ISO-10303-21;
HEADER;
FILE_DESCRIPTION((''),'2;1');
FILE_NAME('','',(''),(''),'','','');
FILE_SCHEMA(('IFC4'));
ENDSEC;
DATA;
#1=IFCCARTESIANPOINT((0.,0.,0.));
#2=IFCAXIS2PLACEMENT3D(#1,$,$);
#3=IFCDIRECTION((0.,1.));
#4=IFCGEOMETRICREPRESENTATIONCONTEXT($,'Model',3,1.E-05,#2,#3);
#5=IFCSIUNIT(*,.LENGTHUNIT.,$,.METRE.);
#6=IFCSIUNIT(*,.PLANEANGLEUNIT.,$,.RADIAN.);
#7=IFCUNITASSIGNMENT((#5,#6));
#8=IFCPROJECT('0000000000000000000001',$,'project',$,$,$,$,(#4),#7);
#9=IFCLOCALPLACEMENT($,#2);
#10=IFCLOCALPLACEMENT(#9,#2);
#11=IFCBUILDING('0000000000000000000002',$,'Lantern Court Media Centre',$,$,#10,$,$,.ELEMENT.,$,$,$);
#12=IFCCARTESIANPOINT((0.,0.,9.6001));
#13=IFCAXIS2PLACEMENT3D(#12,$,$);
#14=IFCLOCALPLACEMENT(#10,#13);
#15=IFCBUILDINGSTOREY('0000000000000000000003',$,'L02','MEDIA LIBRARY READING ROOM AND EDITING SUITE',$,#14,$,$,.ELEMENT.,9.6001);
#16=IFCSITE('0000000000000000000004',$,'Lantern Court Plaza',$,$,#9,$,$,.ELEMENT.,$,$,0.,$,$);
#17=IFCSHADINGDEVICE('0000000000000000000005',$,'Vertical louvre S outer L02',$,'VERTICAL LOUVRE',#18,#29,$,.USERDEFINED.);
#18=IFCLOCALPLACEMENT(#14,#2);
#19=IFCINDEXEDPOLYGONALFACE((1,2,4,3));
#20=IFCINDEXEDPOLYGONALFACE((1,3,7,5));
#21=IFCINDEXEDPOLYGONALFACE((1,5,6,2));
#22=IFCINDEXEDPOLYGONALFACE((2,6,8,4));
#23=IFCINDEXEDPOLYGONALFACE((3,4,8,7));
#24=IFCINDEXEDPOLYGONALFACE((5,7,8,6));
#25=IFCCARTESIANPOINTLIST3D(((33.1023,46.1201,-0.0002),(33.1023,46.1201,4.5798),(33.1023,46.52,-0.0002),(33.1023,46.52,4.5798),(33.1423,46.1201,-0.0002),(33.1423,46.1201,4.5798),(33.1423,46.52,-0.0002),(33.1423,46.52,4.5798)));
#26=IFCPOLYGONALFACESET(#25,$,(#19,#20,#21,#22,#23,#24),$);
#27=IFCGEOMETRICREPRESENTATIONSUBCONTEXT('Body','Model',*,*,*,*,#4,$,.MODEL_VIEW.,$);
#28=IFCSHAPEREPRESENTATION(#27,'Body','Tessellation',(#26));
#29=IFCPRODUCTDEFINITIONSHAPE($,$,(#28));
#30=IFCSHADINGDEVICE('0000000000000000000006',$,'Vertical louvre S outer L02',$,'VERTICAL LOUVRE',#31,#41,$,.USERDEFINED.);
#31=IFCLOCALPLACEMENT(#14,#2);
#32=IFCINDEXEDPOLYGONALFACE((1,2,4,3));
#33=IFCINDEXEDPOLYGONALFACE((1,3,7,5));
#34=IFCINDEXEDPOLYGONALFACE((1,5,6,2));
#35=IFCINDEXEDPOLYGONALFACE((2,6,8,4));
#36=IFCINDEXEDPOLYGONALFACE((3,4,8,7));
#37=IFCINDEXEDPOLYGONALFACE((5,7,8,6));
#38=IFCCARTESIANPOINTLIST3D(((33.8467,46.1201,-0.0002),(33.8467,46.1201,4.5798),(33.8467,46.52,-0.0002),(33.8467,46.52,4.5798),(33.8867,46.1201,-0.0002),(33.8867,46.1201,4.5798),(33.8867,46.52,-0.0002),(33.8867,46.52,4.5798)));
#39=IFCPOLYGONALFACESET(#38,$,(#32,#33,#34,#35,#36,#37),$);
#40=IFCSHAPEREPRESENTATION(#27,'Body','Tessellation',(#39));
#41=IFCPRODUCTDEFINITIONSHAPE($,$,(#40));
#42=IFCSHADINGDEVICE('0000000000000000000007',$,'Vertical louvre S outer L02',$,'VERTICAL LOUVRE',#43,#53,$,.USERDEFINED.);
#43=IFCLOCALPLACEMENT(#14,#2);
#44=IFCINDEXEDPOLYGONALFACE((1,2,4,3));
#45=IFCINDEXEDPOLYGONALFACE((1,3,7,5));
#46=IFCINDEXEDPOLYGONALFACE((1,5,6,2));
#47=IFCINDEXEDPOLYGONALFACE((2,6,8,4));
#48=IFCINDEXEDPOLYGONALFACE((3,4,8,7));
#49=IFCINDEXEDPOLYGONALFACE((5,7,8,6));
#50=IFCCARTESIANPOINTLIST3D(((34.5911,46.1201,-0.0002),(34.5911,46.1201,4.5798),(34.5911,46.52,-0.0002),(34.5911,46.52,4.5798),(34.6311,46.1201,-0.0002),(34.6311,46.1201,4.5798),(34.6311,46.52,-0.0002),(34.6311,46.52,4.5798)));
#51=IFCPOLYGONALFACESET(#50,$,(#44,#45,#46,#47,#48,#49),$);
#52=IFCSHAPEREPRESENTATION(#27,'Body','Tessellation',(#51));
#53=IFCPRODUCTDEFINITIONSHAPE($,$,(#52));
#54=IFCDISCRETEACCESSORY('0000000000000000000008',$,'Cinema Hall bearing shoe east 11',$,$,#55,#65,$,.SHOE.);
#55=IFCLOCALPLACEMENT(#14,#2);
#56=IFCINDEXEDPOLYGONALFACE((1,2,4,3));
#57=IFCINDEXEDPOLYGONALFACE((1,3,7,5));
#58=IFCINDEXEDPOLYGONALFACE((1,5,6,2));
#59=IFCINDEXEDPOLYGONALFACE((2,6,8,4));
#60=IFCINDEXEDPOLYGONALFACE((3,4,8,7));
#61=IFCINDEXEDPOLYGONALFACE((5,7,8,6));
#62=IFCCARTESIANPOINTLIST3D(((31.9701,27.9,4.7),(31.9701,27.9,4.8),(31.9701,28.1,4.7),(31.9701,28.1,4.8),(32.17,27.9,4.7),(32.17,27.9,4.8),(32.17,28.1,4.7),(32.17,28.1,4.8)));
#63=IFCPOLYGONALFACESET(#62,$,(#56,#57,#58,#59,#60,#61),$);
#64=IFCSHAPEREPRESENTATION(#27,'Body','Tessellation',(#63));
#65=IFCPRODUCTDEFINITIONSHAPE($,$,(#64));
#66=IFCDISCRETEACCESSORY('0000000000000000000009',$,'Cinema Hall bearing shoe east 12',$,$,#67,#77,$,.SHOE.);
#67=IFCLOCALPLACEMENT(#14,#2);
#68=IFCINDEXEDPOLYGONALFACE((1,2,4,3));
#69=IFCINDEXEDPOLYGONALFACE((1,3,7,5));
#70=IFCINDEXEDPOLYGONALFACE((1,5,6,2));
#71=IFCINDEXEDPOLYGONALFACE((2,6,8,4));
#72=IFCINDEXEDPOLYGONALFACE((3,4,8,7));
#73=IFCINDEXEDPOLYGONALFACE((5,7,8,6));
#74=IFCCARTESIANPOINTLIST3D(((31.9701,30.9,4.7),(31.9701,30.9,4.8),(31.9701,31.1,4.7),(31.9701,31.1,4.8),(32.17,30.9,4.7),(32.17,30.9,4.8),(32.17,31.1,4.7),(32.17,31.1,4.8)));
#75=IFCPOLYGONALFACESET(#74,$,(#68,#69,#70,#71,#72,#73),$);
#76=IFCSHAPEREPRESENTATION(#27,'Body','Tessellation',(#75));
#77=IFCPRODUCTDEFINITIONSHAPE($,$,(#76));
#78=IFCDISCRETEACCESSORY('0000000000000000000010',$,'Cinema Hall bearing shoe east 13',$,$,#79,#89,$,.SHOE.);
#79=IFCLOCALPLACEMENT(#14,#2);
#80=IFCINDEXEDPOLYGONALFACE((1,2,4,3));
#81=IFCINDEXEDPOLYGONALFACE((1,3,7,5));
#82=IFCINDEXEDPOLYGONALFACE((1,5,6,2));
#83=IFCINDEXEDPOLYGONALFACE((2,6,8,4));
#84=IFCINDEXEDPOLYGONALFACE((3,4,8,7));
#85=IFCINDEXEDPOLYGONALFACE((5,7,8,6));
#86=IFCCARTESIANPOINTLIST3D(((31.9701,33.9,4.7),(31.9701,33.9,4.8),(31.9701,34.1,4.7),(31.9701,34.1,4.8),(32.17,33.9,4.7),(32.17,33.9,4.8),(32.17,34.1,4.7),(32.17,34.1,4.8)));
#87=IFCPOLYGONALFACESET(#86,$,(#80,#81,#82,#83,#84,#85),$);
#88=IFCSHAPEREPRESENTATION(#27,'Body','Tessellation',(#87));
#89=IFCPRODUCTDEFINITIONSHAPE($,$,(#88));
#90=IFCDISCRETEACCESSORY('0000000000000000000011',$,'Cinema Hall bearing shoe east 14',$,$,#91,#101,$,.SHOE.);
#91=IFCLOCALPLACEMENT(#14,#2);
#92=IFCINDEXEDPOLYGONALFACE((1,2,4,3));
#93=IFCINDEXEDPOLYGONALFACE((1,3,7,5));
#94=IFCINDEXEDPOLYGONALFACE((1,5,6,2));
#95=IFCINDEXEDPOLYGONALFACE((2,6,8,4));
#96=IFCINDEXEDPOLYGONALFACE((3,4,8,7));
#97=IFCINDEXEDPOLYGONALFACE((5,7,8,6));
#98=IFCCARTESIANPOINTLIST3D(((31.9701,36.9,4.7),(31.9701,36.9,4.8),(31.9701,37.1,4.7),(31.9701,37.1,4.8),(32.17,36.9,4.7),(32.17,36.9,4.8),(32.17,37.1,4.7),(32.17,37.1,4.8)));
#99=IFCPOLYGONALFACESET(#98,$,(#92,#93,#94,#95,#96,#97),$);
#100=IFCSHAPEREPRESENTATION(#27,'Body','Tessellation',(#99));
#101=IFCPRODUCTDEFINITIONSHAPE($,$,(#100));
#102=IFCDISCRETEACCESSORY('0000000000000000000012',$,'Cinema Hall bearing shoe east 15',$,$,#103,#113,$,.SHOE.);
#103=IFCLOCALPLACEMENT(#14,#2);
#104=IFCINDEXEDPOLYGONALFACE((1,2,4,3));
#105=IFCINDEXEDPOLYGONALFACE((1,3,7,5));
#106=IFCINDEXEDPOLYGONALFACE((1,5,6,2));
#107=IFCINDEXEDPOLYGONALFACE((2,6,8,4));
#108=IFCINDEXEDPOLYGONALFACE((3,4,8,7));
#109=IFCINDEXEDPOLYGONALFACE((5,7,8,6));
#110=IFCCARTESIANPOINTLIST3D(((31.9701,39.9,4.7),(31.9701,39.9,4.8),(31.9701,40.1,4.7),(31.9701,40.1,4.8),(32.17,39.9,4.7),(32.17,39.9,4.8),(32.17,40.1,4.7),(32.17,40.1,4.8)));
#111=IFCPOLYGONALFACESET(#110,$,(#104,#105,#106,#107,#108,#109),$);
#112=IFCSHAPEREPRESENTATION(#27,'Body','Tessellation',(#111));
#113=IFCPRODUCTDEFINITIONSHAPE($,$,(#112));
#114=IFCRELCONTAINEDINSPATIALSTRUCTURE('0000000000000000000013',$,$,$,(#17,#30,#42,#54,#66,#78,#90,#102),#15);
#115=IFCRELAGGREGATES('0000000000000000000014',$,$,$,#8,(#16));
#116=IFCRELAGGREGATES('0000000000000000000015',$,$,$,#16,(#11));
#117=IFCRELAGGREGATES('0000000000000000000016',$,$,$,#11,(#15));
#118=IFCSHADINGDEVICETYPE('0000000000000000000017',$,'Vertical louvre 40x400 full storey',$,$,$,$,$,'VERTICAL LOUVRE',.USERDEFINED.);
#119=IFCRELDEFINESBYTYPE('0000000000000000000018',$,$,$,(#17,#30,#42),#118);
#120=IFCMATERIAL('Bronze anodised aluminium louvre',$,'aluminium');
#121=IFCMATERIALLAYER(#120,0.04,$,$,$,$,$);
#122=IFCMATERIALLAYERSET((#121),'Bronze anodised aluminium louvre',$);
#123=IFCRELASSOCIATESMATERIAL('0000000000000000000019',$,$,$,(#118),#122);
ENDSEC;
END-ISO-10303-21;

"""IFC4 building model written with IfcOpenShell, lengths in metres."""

from ifc_helpers import new_model, si_unit, direction, frame, origin, origin_2d, place, context, subcontext, project, spatial, rectangle, extrude, material, layer, layer_set, type_object, element, save


model = new_model("IFC4")

# Units and contexts
model_context = context("Model", 3, precision=1e-05, world=origin(), true_north=direction((0.0, 1.0)))
body_context = subcontext(model_context, "Body", "Model", "MODEL_VIEW")
ifc_project = project(units=[si_unit("LENGTHUNIT", "METRE"), si_unit("PLANEANGLEUNIT", "RADIAN")], contexts=[model_context])

# Site, building, storey
site_placement = place(None, origin())
site = spatial("IfcSite", under=ifc_project, at=site_placement, Name="Lantern Court Plaza", CompositionType="ELEMENT", RefElevation=0.0)
building_placement = place(site_placement, origin())
building = spatial("IfcBuilding", under=site, at=building_placement, Name="Lantern Court Media Centre", CompositionType="ELEMENT")
storey_placement = place(building_placement, frame((0.0, 0.0, 9.6001)))
storey = spatial("IfcBuildingStorey", under=building, at=storey_placement, Name="L02", Description="MEDIA LIBRARY READING ROOM AND EDITING SUITE", CompositionType="ELEMENT", Elevation=9.6001)

# Shading devices
ifc_material_1 = material(Name="Bronze anodised aluminium louvre", Category="aluminium")
ifc_layer_1 = layer(ifc_material_1, 0.04)
ifc_layer_set_1 = layer_set([ifc_layer_1], Name="Bronze anodised aluminium louvre")
shading_device_type = type_object("IfcShadingDeviceType", Name="Vertical louvre 40x400 full storey", ElementType="VERTICAL LOUVRE", PredefinedType="USERDEFINED", material=ifc_layer_set_1)
for number, where, z_axis, x_axis, name in (
    (1, (33.1223, 46.3201, -0.0002), (0.0, 0.0, 1.0), (1.0, 0.0, 0.0), "Vertical louvre S outer L02"),
    (2, (33.8667, 46.3201, -0.0002), (0.0, 0.0, 1.0), (1.0, 0.0, 0.0), "Vertical louvre S outer L02"),
    (3, (34.6111, 46.3201, -0.0002), (0.0, 0.0, 1.0), (1.0, 0.0, 0.0), "Vertical louvre S outer L02"),
):
    element("IfcShadingDevice", number, at=place(storey_placement, frame(where, z_axis=z_axis, x_axis=x_axis)), inside=storey, type_object=shading_device_type, Name=name, ObjectType="VERTICAL LOUVRE", PredefinedType="USERDEFINED", context=body_context, shape_type="SweptSolid", body=[
        extrude(rectangle(XDim=0.04, YDim=0.3999, at=origin_2d()), origin(), (0.0, 0.0, 1.0), 4.5801),
    ])

# Discrete accessories
for number, where, z_axis, x_axis, name in (
    (4, (32.0701, 28.0, 4.7), (0.0, 0.0, 1.0), (1.0, 0.0, 0.0), "Cinema Hall bearing shoe east 11"),
    (5, (32.0701, 31.0, 4.7), (0.0, 0.0, 1.0), (1.0, 0.0, 0.0), "Cinema Hall bearing shoe east 12"),
    (6, (32.0701, 34.0, 4.7), (0.0, 0.0, 1.0), (1.0, 0.0, 0.0), "Cinema Hall bearing shoe east 13"),
    (7, (32.0701, 37.0, 4.7), (0.0, 0.0, 1.0), (1.0, 0.0, 0.0), "Cinema Hall bearing shoe east 14"),
    (8, (32.0701, 40.0, 4.7), (0.0, 0.0, 1.0), (1.0, 0.0, 0.0), "Cinema Hall bearing shoe east 15"),
):
    element("IfcDiscreteAccessory", number, at=place(storey_placement, frame(where, z_axis=z_axis, x_axis=x_axis)), inside=storey, Name=name, PredefinedType="SHOE", context=body_context, shape_type="SweptSolid", body=[
        extrude(rectangle(XDim=0.2, YDim=0.2, at=origin_2d()), origin(), (0.0, 0.0, 1.0), 0.1001),
    ])

save(model, "model.ifc")
